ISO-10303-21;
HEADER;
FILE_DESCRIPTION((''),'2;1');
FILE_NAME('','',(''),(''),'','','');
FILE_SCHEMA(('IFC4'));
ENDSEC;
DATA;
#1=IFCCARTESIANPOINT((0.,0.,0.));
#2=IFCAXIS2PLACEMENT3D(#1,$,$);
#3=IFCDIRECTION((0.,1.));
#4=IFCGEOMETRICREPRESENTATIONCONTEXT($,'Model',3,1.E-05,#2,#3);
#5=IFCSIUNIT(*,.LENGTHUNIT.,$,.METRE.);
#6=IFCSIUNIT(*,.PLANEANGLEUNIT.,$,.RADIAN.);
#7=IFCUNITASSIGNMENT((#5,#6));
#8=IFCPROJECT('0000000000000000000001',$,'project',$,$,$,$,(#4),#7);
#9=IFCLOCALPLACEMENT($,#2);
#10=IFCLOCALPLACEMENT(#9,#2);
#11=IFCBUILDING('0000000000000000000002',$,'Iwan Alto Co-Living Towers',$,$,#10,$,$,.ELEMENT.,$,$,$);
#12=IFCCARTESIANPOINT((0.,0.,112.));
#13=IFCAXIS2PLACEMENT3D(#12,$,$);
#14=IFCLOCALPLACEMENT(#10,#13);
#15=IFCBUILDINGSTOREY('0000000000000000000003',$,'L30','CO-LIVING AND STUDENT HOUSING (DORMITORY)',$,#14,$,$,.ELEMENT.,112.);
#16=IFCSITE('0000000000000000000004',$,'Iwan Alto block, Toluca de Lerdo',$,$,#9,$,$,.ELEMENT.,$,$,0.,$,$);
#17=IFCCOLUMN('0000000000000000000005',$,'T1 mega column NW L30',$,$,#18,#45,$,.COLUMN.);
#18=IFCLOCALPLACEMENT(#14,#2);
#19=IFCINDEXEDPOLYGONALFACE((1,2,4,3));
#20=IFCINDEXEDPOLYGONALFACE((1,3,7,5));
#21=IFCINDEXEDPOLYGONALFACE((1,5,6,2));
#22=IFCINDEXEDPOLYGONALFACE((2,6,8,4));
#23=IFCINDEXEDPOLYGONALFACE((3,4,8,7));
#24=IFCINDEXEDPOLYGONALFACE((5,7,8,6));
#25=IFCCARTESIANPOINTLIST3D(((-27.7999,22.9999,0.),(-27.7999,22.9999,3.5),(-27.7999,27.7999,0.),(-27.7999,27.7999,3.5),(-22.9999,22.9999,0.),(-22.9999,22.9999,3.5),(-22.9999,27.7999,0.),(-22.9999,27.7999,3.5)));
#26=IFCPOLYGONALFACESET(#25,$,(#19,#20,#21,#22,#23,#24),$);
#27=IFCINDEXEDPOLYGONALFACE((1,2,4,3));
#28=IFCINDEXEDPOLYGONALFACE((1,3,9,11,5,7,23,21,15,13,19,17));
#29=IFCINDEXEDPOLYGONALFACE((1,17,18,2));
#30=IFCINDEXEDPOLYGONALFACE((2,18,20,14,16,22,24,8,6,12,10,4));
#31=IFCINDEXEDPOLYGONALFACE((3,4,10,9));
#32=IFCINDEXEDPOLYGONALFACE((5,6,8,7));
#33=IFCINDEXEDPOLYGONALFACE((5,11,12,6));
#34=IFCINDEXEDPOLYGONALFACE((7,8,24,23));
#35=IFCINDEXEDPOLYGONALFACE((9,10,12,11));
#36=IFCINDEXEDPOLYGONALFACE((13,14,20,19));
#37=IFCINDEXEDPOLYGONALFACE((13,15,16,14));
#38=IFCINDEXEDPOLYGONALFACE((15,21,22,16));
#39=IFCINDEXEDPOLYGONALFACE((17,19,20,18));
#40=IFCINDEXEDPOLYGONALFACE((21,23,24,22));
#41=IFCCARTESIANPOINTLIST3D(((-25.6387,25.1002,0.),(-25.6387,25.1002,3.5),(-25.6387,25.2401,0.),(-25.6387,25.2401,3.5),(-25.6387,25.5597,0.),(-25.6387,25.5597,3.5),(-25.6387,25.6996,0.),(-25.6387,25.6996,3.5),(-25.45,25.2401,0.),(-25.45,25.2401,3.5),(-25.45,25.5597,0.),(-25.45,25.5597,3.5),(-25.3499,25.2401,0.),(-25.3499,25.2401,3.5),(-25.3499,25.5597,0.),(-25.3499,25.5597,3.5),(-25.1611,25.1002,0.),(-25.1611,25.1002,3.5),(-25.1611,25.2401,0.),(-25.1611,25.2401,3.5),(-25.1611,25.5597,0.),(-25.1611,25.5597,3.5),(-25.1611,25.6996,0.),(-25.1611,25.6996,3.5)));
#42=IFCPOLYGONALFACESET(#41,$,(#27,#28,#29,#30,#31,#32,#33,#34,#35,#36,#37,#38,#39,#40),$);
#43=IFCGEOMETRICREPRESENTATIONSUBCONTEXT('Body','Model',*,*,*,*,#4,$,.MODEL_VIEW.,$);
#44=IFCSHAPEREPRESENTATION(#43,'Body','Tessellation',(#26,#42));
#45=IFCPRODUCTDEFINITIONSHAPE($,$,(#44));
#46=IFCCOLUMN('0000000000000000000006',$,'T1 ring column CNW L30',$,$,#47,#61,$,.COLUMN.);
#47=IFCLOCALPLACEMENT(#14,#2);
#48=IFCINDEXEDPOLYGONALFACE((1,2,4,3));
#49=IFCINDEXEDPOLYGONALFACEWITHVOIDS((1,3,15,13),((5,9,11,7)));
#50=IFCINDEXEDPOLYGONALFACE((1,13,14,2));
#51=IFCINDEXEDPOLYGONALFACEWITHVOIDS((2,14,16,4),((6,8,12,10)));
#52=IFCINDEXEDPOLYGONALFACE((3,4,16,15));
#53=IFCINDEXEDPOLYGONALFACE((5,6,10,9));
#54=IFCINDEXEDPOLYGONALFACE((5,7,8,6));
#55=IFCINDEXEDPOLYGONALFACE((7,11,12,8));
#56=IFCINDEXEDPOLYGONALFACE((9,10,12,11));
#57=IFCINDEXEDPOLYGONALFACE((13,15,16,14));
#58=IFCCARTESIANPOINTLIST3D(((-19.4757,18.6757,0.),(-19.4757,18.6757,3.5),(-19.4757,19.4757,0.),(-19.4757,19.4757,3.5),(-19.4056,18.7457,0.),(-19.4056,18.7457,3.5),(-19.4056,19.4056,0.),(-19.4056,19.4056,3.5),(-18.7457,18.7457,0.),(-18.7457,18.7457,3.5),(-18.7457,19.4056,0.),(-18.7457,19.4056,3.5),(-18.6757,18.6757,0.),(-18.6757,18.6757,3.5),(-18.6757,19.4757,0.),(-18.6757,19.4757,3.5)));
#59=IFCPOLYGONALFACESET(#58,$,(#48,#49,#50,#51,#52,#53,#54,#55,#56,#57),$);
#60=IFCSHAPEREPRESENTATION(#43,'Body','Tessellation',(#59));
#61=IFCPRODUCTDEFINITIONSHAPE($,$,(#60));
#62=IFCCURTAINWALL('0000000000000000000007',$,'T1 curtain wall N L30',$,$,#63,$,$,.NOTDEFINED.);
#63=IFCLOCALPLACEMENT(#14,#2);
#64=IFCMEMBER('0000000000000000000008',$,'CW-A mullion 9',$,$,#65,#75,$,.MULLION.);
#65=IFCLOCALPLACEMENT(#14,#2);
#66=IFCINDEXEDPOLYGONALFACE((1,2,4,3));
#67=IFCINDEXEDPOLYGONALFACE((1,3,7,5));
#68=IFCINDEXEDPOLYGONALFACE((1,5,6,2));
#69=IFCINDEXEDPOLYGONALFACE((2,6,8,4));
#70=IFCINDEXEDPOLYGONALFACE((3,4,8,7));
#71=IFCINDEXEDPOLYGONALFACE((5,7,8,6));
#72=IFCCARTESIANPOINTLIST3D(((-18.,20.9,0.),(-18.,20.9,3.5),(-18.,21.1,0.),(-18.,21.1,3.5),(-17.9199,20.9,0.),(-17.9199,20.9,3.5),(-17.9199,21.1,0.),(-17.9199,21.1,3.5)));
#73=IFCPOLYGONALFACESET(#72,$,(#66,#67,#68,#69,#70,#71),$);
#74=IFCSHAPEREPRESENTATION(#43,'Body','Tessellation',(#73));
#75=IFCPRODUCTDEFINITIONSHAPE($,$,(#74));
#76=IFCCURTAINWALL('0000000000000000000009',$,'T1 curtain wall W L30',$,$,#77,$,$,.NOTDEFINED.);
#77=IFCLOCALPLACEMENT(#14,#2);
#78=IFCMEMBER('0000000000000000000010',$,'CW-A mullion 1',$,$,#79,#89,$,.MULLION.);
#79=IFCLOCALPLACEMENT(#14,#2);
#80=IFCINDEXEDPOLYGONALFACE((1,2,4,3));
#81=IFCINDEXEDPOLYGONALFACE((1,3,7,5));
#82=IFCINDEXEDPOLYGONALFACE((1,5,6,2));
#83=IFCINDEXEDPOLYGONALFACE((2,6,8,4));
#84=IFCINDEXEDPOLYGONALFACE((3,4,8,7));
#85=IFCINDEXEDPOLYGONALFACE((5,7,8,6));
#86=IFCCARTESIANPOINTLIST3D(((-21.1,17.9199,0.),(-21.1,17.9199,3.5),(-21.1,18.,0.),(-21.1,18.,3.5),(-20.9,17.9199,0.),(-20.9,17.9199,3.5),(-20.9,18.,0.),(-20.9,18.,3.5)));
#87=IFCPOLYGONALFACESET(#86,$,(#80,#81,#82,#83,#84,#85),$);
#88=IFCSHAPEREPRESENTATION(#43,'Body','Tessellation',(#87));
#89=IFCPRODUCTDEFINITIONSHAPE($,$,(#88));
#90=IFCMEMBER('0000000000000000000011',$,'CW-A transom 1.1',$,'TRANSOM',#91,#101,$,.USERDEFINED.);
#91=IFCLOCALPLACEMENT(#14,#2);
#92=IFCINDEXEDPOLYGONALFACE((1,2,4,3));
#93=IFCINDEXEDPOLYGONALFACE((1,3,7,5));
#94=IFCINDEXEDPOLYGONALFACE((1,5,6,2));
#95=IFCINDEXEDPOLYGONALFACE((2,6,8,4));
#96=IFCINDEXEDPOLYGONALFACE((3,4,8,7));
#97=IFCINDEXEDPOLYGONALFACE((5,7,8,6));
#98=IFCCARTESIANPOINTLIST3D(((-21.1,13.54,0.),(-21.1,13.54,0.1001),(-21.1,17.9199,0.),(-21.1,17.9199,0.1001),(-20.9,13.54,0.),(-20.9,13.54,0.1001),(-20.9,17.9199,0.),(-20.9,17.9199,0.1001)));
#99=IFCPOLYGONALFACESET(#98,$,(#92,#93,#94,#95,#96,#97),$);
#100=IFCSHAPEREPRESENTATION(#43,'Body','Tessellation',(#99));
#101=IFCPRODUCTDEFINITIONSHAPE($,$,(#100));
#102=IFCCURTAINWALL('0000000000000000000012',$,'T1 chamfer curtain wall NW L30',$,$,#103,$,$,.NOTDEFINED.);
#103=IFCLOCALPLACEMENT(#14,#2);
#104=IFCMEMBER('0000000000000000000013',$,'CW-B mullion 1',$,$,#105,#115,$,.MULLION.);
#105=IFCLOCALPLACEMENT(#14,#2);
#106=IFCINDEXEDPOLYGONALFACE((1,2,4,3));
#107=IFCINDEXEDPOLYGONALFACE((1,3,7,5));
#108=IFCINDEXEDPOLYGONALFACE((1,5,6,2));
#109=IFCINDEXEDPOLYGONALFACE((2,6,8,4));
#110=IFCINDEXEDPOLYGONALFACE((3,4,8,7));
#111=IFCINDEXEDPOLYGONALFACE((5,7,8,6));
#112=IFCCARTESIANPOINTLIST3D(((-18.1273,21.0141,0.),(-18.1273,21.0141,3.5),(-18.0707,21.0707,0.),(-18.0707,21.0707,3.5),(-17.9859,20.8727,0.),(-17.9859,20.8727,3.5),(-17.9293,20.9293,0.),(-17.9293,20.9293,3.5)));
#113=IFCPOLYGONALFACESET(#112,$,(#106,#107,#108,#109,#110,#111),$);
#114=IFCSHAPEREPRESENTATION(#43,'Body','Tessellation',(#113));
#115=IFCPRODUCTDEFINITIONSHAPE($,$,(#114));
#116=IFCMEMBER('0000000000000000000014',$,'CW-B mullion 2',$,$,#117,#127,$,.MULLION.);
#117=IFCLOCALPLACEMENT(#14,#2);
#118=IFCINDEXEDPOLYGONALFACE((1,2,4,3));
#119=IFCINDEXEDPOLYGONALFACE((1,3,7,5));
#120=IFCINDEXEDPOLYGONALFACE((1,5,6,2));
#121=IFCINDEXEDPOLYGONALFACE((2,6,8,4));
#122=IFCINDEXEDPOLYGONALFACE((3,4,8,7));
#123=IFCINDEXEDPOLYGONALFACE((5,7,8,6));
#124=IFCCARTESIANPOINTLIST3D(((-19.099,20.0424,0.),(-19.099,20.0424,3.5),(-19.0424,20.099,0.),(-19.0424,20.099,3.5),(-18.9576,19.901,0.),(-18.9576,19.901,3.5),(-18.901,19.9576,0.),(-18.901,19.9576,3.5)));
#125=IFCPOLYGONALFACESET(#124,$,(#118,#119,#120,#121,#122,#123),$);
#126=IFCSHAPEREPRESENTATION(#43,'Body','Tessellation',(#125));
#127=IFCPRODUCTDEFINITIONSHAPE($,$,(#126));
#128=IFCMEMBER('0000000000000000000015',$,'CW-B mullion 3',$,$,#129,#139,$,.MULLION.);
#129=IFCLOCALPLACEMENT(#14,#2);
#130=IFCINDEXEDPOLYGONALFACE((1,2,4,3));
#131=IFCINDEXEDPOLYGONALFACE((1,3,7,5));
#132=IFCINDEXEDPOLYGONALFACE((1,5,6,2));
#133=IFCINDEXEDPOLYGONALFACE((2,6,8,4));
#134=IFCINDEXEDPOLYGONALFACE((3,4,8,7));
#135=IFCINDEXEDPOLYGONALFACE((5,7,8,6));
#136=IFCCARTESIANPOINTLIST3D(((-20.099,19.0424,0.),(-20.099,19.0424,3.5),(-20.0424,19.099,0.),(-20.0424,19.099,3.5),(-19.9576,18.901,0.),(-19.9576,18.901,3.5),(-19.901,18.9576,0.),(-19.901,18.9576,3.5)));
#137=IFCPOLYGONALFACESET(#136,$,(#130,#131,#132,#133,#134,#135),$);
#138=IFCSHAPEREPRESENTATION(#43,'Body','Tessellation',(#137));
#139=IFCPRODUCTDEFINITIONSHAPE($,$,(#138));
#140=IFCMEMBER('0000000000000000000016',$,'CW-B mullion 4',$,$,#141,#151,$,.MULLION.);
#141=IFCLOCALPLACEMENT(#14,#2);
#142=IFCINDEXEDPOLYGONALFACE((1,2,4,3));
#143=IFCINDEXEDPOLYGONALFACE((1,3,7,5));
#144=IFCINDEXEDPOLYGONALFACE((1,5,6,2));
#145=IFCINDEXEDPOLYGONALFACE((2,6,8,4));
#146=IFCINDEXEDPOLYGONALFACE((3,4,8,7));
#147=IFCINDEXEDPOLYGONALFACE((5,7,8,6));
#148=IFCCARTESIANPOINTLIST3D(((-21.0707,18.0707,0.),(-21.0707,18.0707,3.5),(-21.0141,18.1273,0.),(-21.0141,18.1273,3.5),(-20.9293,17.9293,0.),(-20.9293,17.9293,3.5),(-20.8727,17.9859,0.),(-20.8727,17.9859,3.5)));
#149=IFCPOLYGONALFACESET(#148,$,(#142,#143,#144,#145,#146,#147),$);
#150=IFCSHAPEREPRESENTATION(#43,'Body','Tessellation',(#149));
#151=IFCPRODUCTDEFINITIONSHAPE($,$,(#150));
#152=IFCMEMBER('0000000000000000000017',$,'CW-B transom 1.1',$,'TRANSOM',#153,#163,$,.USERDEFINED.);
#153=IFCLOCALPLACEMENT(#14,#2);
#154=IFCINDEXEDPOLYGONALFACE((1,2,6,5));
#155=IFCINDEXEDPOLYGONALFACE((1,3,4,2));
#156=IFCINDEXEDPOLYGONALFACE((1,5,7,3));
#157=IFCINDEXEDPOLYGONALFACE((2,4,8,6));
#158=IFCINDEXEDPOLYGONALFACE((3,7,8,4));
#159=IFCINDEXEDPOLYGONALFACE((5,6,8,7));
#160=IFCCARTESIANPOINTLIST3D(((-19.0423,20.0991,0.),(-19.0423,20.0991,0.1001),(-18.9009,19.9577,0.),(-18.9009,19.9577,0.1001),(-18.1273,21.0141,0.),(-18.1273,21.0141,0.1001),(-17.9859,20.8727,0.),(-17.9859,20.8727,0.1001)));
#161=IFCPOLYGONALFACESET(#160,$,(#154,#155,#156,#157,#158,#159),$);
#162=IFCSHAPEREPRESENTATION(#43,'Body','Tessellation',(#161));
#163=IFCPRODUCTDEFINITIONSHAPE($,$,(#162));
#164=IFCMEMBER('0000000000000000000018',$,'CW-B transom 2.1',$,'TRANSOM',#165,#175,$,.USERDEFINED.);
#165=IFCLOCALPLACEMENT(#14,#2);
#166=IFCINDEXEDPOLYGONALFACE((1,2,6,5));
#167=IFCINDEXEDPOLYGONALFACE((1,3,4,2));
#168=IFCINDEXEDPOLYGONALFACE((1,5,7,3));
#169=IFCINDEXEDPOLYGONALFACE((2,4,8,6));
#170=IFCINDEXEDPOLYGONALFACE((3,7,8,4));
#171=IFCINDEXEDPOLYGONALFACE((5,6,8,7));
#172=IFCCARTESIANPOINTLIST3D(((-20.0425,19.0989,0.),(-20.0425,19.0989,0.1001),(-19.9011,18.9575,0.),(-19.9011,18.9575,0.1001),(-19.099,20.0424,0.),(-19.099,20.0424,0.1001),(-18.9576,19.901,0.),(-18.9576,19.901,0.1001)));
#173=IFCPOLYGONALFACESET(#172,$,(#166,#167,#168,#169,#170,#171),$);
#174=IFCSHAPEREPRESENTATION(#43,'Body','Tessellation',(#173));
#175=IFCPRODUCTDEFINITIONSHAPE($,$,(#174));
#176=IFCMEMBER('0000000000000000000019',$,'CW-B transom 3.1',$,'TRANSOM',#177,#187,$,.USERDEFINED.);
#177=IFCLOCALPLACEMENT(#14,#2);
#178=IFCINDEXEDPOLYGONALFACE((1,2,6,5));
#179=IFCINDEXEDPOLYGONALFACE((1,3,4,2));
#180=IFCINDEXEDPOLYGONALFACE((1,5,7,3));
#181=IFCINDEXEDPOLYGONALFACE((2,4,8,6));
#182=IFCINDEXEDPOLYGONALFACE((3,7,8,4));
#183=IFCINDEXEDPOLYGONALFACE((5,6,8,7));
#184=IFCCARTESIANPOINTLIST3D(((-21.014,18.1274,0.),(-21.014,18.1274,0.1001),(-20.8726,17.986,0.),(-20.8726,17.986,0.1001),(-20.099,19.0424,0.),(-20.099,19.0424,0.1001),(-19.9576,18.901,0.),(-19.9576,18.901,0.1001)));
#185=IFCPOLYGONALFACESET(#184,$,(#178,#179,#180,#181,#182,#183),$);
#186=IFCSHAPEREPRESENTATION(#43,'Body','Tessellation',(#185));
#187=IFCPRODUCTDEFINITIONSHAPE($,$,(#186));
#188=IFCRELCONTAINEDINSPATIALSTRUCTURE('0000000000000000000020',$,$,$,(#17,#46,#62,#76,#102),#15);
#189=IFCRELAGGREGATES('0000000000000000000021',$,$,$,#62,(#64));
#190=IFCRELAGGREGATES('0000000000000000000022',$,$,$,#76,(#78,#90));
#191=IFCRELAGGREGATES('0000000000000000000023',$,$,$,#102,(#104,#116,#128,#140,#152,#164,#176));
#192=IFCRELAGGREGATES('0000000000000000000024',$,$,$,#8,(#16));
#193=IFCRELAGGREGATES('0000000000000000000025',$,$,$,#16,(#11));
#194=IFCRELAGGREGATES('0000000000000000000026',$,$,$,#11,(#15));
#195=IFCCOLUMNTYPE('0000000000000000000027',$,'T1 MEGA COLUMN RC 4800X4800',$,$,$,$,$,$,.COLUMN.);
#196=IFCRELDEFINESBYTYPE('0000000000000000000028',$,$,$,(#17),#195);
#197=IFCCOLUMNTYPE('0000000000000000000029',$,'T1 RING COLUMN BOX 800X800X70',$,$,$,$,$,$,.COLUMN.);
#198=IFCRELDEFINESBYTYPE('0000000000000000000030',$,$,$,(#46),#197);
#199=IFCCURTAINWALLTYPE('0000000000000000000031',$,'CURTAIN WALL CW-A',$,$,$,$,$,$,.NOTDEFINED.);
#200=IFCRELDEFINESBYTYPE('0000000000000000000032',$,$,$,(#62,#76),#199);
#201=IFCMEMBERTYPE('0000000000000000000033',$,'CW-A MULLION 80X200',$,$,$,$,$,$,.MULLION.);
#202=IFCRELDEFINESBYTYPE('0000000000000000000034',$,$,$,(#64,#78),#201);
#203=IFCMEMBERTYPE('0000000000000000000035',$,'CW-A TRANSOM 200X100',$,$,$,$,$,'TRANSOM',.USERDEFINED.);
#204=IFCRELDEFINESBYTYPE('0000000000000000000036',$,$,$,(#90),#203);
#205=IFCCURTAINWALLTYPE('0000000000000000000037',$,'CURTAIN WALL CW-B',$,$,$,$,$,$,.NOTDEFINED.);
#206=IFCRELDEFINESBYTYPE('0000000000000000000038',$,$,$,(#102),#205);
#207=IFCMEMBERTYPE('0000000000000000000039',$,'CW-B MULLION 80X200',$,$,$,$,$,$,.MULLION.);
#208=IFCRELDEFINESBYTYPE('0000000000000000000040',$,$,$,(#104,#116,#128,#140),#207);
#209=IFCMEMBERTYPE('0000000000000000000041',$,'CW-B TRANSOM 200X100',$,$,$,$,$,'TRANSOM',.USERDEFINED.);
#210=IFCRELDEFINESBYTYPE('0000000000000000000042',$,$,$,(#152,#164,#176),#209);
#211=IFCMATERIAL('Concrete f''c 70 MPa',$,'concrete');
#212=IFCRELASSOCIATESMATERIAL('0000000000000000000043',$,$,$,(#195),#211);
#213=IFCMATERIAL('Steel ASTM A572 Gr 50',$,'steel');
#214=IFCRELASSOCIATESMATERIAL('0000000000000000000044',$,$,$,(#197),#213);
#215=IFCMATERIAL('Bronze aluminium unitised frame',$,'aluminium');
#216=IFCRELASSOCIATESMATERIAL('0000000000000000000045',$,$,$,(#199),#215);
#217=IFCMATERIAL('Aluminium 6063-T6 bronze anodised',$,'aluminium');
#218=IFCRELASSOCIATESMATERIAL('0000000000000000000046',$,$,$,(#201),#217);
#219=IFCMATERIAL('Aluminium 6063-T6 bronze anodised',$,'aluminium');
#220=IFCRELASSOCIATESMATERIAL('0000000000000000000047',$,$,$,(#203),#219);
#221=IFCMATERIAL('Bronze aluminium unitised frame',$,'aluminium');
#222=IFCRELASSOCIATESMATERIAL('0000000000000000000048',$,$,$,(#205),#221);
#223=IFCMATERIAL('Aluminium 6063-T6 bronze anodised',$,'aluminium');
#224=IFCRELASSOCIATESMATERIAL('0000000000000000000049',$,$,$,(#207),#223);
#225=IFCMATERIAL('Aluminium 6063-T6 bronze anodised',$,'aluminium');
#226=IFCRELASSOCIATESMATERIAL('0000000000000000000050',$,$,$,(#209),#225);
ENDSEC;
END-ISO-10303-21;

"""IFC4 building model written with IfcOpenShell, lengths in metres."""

from ifc_helpers import new_model, si_unit, direction, frame, origin, origin_2d, place, context, subcontext, project, spatial, rectangle, hollow_rectangle, i_section, extrude, material, material_profile, profile_set, type_object, element, aggregate, save


model = new_model("IFC4")

# Units and contexts
model_context = context("Model", 3, precision=1e-05, world=origin(), true_north=direction((0.0, 1.0)))
body_context = subcontext(model_context, "Body", "Model", "MODEL_VIEW")
ifc_project = project(units=[si_unit("LENGTHUNIT", "METRE"), si_unit("PLANEANGLEUNIT", "RADIAN")], contexts=[model_context])

# Site, building, storey
site_placement = place(None, origin())
site = spatial("IfcSite", under=ifc_project, at=site_placement, Name="Iwan Alto block, Toluca de Lerdo", CompositionType="ELEMENT", RefElevation=0.0)
building_placement = place(site_placement, origin())
building = spatial("IfcBuilding", under=site, at=building_placement, Name="Iwan Alto Co-Living Towers", CompositionType="ELEMENT")
storey_placement = place(building_placement, frame((0.0, 0.0, 112.0)))
storey = spatial("IfcBuildingStorey", under=building, at=storey_placement, Name="L30", Description="CO-LIVING AND STUDENT HOUSING (DORMITORY)", CompositionType="ELEMENT", Elevation=112.0)

# Columns
ifc_material_1 = material(Name="Concrete f'c 70 MPa", Category="concrete")
ifc_material_profile_1 = material_profile(ifc_material_1, rectangle(XDim=4.8, YDim=4.8, at=origin_2d()), Name="RC 4800X4800")
ifc_profile_set_1 = profile_set([ifc_material_profile_1], Name="Concrete f'c 70 MPa")
column_type_1 = type_object("IfcColumnType", Name="T1 MEGA COLUMN RC 4800X4800", PredefinedType="COLUMN", material=ifc_profile_set_1)
column_1_placement = place(storey_placement, frame((-25.3999, 25.3999, 0.0), z_axis=(0.0, 0.0, 1.0), x_axis=(1.0, 0.0, 0.0)))
element("IfcColumn", 1, at=column_1_placement, inside=storey, type_object=column_type_1, Name="T1 mega column NW L30", PredefinedType="COLUMN", context=body_context, shape_type="SweptSolid", body=[
    extrude(rectangle(XDim=4.8, YDim=4.8, at=origin_2d()), origin(), (0.0, 0.0, 1.0), 3.5),
    extrude(i_section(OverallWidth=0.4775, OverallDepth=0.5994, WebThickness=0.1001, FlangeThickness=0.1399, at=origin_2d()), origin(), (0.0, 0.0, 1.0), 3.5),
])
ifc_material_2 = material(Name="Steel ASTM A572 Gr 50", Category="steel")
ifc_material_profile_2 = material_profile(ifc_material_2, hollow_rectangle(XDim=0.8, YDim=0.8, WallThickness=0.0701, at=origin_2d()), Name="BOX 800X800X70")
ifc_profile_set_2 = profile_set([ifc_material_profile_2], Name="Steel ASTM A572 Gr 50")
column_type_2 = type_object("IfcColumnType", Name="T1 RING COLUMN BOX 800X800X70", PredefinedType="COLUMN", material=ifc_profile_set_2)
column_2_placement = place(storey_placement, frame((-19.0757, 19.0757, 0.0), z_axis=(0.0, 0.0, 1.0), x_axis=(1.0, 0.0, 0.0)))
element("IfcColumn", 2, at=column_2_placement, inside=storey, type_object=column_type_2, Name="T1 ring column CNW L30", PredefinedType="COLUMN", context=body_context, shape_type="SweptSolid", body=[
    extrude(hollow_rectangle(XDim=0.8, YDim=0.8, WallThickness=0.0701, at=origin_2d()), origin(), (0.0, 0.0, 1.0), 3.5),
])

# Curtain wall, member
ifc_material_3 = material(Name="Bronze aluminium unitised frame", Category="aluminium")
curtain_wall_type_1 = type_object("IfcCurtainWallType", Name="CURTAIN WALL CW-A", PredefinedType="NOTDEFINED", material=ifc_material_3)
curtain_wall_1_placement = place(storey_placement, origin())
curtain_wall_1 = element("IfcCurtainWall", 3, at=curtain_wall_1_placement, inside=storey, type_object=curtain_wall_type_1, Name="T1 curtain wall N L30", PredefinedType="NOTDEFINED")
ifc_material_4 = material(Name="Aluminium 6063-T6 bronze anodised", Category="aluminium")
ifc_material_profile_3 = material_profile(ifc_material_4, rectangle(XDim=0.2, YDim=0.0801, at=origin_2d()), Name="AL 80X200")
ifc_profile_set_3 = profile_set([ifc_material_profile_3], Name="Aluminium 6063-T6 bronze anodised")
member_type_1 = type_object("IfcMemberType", Name="CW-A MULLION 80X200", PredefinedType="MULLION", material=ifc_profile_set_3)
member_1_placement = place(storey_placement, frame((-17.96, 21.0, 0.0), z_axis=(0.0, 0.0, 1.0), x_axis=(0.0, -1.0, 0.0)))
member_1 = element("IfcMember", 4, at=member_1_placement, type_object=member_type_1, Name="CW-A mullion 9", PredefinedType="MULLION", context=body_context, shape_type="SweptSolid", body=[
    extrude(rectangle(XDim=0.2, YDim=0.0801, at=origin_2d()), origin(), (0.0, 0.0, 1.0), 3.5),
])
aggregate(curtain_wall_1, [member_1])

# Curtain walls, members
curtain_wall_2_placement = place(storey_placement, origin())
curtain_wall_2 = element("IfcCurtainWall", 5, at=curtain_wall_2_placement, inside=storey, type_object=curtain_wall_type_1, Name="T1 curtain wall W L30", PredefinedType="NOTDEFINED")
member_2_placement = place(storey_placement, frame((-21.0, 17.96, 0.0), z_axis=(0.0, 0.0, 1.0), x_axis=(1.0, 0.0, 0.0)))
member_2 = element("IfcMember", 6, at=member_2_placement, type_object=member_type_1, Name="CW-A mullion 1", PredefinedType="MULLION", context=body_context, shape_type="SweptSolid", body=[
    extrude(rectangle(XDim=0.2, YDim=0.0801, at=origin_2d()), origin(), (0.0, 0.0, 1.0), 3.5),
])
ifc_material_5 = material(Name="Aluminium 6063-T6 bronze anodised", Category="aluminium")
ifc_material_profile_4 = material_profile(ifc_material_5, rectangle(XDim=0.2, YDim=0.1001, at=origin_2d()), Name="AL 200X100")
ifc_profile_set_4 = profile_set([ifc_material_profile_4], Name="Aluminium 6063-T6 bronze anodised")
member_type_2 = type_object("IfcMemberType", Name="CW-A TRANSOM 200X100", ElementType="TRANSOM", PredefinedType="USERDEFINED", material=ifc_profile_set_4)
member_3_placement = place(storey_placement, frame((-21.0, 17.9199, 0.05), z_axis=(0.0, -1.0, 0.0), x_axis=(1.0, 0.0, 0.0)))
member_3 = element("IfcMember", 7, at=member_3_placement, type_object=member_type_2, Name="CW-A transom 1.1", ObjectType="TRANSOM", PredefinedType="USERDEFINED", context=body_context, shape_type="SweptSolid", body=[
    extrude(rectangle(XDim=0.2, YDim=0.1001, at=origin_2d()), origin(), (0.0, 0.0, 1.0), 4.3799),
])
ifc_material_6 = material(Name="Bronze aluminium unitised frame", Category="aluminium")
curtain_wall_type_2 = type_object("IfcCurtainWallType", Name="CURTAIN WALL CW-B", PredefinedType="NOTDEFINED", material=ifc_material_6)
curtain_wall_3_placement = place(storey_placement, origin())
curtain_wall_3 = element("IfcCurtainWall", 8, at=curtain_wall_3_placement, inside=storey, type_object=curtain_wall_type_2, Name="T1 chamfer curtain wall NW L30", PredefinedType="NOTDEFINED")
ifc_material_7 = material(Name="Aluminium 6063-T6 bronze anodised", Category="aluminium")
ifc_material_profile_5 = material_profile(ifc_material_7, rectangle(XDim=0.2, YDim=0.0801, at=origin_2d()), Name="AL 80X200")
ifc_profile_set_5 = profile_set([ifc_material_profile_5], Name="Aluminium 6063-T6 bronze anodised")
member_type_3 = type_object("IfcMemberType", Name="CW-B MULLION 80X200", PredefinedType="MULLION", material=ifc_profile_set_5)
member_4_placement = place(storey_placement, frame((-18.0283, 20.9717, 0.0), z_axis=(0.0, 0.0, 1.0), x_axis=(0.707107, -0.707107, 0.0)))
member_4 = element("IfcMember", 9, at=member_4_placement, type_object=member_type_3, Name="CW-B mullion 1", PredefinedType="MULLION", context=body_context, shape_type="SweptSolid", body=[
    extrude(rectangle(XDim=0.2, YDim=0.0801, at=origin_2d()), origin(), (0.0, 0.0, 1.0), 3.5),
])
member_5_placement = place(storey_placement, frame((-19.0, 20.0, 0.0), z_axis=(0.0, 0.0, 1.0), x_axis=(0.707107, -0.707107, 0.0)))
member_5 = element("IfcMember", 10, at=member_5_placement, type_object=member_type_3, Name="CW-B mullion 2", PredefinedType="MULLION", context=body_context, shape_type="SweptSolid", body=[
    extrude(rectangle(XDim=0.2, YDim=0.0801, at=origin_2d()), origin(), (0.0, 0.0, 1.0), 3.5),
])
member_6_placement = place(storey_placement, frame((-20.0, 19.0, 0.0), z_axis=(0.0, 0.0, 1.0), x_axis=(0.707107, -0.707107, 0.0)))
member_6 = element("IfcMember", 11, at=member_6_placement, type_object=member_type_3, Name="CW-B mullion 3", PredefinedType="MULLION", context=body_context, shape_type="SweptSolid", body=[
    extrude(rectangle(XDim=0.2, YDim=0.0801, at=origin_2d()), origin(), (0.0, 0.0, 1.0), 3.5),
])
member_7_placement = place(storey_placement, frame((-20.9717, 18.0283, 0.0), z_axis=(0.0, 0.0, 1.0), x_axis=(0.707107, -0.707107, 0.0)))
member_7 = element("IfcMember", 12, at=member_7_placement, type_object=member_type_3, Name="CW-B mullion 4", PredefinedType="MULLION", context=body_context, shape_type="SweptSolid", body=[
    extrude(rectangle(XDim=0.2, YDim=0.0801, at=origin_2d()), origin(), (0.0, 0.0, 1.0), 3.5),
])
ifc_material_8 = material(Name="Aluminium 6063-T6 bronze anodised", Category="aluminium")
ifc_material_profile_6 = material_profile(ifc_material_8, rectangle(XDim=0.2, YDim=0.1001, at=origin_2d()), Name="AL 200X100")
ifc_profile_set_6 = profile_set([ifc_material_profile_6], Name="Aluminium 6063-T6 bronze anodised")
member_type_4 = type_object("IfcMemberType", Name="CW-B TRANSOM 200X100", ElementType="TRANSOM", PredefinedType="USERDEFINED", material=ifc_profile_set_6)
member_8_placement = place(storey_placement, frame((-18.0566, 20.9434, 0.05), z_axis=(-0.707107, -0.707107, 0.0), x_axis=(0.707107, -0.707107, 0.0)))
member_8 = element("IfcMember", 13, at=member_8_placement, type_object=member_type_4, Name="CW-B transom 1.1", ObjectType="TRANSOM", PredefinedType="USERDEFINED", context=body_context, shape_type="SweptSolid", body=[
    extrude(rectangle(XDim=0.2, YDim=0.1001, at=origin_2d()), origin(), (0.0, 0.0, 1.0), 1.2939),
])
member_9_placement = place(storey_placement, frame((-19.0283, 19.9717, 0.05), z_axis=(-0.707107, -0.707107, 0.0), x_axis=(0.707107, -0.707107, 0.0)))
member_9 = element("IfcMember", 14, at=member_9_placement, type_object=member_type_4, Name="CW-B transom 2.1", ObjectType="TRANSOM", PredefinedType="USERDEFINED", context=body_context, shape_type="SweptSolid", body=[
    extrude(rectangle(XDim=0.2, YDim=0.1001, at=origin_2d()), origin(), (0.0, 0.0, 1.0), 1.3342),
])
member_10_placement = place(storey_placement, frame((-20.0283, 18.9717, 0.05), z_axis=(-0.707107, -0.707107, 0.0), x_axis=(0.707107, -0.707107, 0.0)))
member_10 = element("IfcMember", 15, at=member_10_placement, type_object=member_type_4, Name="CW-B transom 3.1", ObjectType="TRANSOM", PredefinedType="USERDEFINED", context=body_context, shape_type="SweptSolid", body=[
    extrude(rectangle(XDim=0.2, YDim=0.1001, at=origin_2d()), origin(), (0.0, 0.0, 1.0), 1.2939),
])

aggregate(curtain_wall_2, [member_2, member_3])
aggregate(curtain_wall_3, [member_4, member_5, member_6, member_7, member_8, member_9, member_10])

save(model, "model.ifc")
